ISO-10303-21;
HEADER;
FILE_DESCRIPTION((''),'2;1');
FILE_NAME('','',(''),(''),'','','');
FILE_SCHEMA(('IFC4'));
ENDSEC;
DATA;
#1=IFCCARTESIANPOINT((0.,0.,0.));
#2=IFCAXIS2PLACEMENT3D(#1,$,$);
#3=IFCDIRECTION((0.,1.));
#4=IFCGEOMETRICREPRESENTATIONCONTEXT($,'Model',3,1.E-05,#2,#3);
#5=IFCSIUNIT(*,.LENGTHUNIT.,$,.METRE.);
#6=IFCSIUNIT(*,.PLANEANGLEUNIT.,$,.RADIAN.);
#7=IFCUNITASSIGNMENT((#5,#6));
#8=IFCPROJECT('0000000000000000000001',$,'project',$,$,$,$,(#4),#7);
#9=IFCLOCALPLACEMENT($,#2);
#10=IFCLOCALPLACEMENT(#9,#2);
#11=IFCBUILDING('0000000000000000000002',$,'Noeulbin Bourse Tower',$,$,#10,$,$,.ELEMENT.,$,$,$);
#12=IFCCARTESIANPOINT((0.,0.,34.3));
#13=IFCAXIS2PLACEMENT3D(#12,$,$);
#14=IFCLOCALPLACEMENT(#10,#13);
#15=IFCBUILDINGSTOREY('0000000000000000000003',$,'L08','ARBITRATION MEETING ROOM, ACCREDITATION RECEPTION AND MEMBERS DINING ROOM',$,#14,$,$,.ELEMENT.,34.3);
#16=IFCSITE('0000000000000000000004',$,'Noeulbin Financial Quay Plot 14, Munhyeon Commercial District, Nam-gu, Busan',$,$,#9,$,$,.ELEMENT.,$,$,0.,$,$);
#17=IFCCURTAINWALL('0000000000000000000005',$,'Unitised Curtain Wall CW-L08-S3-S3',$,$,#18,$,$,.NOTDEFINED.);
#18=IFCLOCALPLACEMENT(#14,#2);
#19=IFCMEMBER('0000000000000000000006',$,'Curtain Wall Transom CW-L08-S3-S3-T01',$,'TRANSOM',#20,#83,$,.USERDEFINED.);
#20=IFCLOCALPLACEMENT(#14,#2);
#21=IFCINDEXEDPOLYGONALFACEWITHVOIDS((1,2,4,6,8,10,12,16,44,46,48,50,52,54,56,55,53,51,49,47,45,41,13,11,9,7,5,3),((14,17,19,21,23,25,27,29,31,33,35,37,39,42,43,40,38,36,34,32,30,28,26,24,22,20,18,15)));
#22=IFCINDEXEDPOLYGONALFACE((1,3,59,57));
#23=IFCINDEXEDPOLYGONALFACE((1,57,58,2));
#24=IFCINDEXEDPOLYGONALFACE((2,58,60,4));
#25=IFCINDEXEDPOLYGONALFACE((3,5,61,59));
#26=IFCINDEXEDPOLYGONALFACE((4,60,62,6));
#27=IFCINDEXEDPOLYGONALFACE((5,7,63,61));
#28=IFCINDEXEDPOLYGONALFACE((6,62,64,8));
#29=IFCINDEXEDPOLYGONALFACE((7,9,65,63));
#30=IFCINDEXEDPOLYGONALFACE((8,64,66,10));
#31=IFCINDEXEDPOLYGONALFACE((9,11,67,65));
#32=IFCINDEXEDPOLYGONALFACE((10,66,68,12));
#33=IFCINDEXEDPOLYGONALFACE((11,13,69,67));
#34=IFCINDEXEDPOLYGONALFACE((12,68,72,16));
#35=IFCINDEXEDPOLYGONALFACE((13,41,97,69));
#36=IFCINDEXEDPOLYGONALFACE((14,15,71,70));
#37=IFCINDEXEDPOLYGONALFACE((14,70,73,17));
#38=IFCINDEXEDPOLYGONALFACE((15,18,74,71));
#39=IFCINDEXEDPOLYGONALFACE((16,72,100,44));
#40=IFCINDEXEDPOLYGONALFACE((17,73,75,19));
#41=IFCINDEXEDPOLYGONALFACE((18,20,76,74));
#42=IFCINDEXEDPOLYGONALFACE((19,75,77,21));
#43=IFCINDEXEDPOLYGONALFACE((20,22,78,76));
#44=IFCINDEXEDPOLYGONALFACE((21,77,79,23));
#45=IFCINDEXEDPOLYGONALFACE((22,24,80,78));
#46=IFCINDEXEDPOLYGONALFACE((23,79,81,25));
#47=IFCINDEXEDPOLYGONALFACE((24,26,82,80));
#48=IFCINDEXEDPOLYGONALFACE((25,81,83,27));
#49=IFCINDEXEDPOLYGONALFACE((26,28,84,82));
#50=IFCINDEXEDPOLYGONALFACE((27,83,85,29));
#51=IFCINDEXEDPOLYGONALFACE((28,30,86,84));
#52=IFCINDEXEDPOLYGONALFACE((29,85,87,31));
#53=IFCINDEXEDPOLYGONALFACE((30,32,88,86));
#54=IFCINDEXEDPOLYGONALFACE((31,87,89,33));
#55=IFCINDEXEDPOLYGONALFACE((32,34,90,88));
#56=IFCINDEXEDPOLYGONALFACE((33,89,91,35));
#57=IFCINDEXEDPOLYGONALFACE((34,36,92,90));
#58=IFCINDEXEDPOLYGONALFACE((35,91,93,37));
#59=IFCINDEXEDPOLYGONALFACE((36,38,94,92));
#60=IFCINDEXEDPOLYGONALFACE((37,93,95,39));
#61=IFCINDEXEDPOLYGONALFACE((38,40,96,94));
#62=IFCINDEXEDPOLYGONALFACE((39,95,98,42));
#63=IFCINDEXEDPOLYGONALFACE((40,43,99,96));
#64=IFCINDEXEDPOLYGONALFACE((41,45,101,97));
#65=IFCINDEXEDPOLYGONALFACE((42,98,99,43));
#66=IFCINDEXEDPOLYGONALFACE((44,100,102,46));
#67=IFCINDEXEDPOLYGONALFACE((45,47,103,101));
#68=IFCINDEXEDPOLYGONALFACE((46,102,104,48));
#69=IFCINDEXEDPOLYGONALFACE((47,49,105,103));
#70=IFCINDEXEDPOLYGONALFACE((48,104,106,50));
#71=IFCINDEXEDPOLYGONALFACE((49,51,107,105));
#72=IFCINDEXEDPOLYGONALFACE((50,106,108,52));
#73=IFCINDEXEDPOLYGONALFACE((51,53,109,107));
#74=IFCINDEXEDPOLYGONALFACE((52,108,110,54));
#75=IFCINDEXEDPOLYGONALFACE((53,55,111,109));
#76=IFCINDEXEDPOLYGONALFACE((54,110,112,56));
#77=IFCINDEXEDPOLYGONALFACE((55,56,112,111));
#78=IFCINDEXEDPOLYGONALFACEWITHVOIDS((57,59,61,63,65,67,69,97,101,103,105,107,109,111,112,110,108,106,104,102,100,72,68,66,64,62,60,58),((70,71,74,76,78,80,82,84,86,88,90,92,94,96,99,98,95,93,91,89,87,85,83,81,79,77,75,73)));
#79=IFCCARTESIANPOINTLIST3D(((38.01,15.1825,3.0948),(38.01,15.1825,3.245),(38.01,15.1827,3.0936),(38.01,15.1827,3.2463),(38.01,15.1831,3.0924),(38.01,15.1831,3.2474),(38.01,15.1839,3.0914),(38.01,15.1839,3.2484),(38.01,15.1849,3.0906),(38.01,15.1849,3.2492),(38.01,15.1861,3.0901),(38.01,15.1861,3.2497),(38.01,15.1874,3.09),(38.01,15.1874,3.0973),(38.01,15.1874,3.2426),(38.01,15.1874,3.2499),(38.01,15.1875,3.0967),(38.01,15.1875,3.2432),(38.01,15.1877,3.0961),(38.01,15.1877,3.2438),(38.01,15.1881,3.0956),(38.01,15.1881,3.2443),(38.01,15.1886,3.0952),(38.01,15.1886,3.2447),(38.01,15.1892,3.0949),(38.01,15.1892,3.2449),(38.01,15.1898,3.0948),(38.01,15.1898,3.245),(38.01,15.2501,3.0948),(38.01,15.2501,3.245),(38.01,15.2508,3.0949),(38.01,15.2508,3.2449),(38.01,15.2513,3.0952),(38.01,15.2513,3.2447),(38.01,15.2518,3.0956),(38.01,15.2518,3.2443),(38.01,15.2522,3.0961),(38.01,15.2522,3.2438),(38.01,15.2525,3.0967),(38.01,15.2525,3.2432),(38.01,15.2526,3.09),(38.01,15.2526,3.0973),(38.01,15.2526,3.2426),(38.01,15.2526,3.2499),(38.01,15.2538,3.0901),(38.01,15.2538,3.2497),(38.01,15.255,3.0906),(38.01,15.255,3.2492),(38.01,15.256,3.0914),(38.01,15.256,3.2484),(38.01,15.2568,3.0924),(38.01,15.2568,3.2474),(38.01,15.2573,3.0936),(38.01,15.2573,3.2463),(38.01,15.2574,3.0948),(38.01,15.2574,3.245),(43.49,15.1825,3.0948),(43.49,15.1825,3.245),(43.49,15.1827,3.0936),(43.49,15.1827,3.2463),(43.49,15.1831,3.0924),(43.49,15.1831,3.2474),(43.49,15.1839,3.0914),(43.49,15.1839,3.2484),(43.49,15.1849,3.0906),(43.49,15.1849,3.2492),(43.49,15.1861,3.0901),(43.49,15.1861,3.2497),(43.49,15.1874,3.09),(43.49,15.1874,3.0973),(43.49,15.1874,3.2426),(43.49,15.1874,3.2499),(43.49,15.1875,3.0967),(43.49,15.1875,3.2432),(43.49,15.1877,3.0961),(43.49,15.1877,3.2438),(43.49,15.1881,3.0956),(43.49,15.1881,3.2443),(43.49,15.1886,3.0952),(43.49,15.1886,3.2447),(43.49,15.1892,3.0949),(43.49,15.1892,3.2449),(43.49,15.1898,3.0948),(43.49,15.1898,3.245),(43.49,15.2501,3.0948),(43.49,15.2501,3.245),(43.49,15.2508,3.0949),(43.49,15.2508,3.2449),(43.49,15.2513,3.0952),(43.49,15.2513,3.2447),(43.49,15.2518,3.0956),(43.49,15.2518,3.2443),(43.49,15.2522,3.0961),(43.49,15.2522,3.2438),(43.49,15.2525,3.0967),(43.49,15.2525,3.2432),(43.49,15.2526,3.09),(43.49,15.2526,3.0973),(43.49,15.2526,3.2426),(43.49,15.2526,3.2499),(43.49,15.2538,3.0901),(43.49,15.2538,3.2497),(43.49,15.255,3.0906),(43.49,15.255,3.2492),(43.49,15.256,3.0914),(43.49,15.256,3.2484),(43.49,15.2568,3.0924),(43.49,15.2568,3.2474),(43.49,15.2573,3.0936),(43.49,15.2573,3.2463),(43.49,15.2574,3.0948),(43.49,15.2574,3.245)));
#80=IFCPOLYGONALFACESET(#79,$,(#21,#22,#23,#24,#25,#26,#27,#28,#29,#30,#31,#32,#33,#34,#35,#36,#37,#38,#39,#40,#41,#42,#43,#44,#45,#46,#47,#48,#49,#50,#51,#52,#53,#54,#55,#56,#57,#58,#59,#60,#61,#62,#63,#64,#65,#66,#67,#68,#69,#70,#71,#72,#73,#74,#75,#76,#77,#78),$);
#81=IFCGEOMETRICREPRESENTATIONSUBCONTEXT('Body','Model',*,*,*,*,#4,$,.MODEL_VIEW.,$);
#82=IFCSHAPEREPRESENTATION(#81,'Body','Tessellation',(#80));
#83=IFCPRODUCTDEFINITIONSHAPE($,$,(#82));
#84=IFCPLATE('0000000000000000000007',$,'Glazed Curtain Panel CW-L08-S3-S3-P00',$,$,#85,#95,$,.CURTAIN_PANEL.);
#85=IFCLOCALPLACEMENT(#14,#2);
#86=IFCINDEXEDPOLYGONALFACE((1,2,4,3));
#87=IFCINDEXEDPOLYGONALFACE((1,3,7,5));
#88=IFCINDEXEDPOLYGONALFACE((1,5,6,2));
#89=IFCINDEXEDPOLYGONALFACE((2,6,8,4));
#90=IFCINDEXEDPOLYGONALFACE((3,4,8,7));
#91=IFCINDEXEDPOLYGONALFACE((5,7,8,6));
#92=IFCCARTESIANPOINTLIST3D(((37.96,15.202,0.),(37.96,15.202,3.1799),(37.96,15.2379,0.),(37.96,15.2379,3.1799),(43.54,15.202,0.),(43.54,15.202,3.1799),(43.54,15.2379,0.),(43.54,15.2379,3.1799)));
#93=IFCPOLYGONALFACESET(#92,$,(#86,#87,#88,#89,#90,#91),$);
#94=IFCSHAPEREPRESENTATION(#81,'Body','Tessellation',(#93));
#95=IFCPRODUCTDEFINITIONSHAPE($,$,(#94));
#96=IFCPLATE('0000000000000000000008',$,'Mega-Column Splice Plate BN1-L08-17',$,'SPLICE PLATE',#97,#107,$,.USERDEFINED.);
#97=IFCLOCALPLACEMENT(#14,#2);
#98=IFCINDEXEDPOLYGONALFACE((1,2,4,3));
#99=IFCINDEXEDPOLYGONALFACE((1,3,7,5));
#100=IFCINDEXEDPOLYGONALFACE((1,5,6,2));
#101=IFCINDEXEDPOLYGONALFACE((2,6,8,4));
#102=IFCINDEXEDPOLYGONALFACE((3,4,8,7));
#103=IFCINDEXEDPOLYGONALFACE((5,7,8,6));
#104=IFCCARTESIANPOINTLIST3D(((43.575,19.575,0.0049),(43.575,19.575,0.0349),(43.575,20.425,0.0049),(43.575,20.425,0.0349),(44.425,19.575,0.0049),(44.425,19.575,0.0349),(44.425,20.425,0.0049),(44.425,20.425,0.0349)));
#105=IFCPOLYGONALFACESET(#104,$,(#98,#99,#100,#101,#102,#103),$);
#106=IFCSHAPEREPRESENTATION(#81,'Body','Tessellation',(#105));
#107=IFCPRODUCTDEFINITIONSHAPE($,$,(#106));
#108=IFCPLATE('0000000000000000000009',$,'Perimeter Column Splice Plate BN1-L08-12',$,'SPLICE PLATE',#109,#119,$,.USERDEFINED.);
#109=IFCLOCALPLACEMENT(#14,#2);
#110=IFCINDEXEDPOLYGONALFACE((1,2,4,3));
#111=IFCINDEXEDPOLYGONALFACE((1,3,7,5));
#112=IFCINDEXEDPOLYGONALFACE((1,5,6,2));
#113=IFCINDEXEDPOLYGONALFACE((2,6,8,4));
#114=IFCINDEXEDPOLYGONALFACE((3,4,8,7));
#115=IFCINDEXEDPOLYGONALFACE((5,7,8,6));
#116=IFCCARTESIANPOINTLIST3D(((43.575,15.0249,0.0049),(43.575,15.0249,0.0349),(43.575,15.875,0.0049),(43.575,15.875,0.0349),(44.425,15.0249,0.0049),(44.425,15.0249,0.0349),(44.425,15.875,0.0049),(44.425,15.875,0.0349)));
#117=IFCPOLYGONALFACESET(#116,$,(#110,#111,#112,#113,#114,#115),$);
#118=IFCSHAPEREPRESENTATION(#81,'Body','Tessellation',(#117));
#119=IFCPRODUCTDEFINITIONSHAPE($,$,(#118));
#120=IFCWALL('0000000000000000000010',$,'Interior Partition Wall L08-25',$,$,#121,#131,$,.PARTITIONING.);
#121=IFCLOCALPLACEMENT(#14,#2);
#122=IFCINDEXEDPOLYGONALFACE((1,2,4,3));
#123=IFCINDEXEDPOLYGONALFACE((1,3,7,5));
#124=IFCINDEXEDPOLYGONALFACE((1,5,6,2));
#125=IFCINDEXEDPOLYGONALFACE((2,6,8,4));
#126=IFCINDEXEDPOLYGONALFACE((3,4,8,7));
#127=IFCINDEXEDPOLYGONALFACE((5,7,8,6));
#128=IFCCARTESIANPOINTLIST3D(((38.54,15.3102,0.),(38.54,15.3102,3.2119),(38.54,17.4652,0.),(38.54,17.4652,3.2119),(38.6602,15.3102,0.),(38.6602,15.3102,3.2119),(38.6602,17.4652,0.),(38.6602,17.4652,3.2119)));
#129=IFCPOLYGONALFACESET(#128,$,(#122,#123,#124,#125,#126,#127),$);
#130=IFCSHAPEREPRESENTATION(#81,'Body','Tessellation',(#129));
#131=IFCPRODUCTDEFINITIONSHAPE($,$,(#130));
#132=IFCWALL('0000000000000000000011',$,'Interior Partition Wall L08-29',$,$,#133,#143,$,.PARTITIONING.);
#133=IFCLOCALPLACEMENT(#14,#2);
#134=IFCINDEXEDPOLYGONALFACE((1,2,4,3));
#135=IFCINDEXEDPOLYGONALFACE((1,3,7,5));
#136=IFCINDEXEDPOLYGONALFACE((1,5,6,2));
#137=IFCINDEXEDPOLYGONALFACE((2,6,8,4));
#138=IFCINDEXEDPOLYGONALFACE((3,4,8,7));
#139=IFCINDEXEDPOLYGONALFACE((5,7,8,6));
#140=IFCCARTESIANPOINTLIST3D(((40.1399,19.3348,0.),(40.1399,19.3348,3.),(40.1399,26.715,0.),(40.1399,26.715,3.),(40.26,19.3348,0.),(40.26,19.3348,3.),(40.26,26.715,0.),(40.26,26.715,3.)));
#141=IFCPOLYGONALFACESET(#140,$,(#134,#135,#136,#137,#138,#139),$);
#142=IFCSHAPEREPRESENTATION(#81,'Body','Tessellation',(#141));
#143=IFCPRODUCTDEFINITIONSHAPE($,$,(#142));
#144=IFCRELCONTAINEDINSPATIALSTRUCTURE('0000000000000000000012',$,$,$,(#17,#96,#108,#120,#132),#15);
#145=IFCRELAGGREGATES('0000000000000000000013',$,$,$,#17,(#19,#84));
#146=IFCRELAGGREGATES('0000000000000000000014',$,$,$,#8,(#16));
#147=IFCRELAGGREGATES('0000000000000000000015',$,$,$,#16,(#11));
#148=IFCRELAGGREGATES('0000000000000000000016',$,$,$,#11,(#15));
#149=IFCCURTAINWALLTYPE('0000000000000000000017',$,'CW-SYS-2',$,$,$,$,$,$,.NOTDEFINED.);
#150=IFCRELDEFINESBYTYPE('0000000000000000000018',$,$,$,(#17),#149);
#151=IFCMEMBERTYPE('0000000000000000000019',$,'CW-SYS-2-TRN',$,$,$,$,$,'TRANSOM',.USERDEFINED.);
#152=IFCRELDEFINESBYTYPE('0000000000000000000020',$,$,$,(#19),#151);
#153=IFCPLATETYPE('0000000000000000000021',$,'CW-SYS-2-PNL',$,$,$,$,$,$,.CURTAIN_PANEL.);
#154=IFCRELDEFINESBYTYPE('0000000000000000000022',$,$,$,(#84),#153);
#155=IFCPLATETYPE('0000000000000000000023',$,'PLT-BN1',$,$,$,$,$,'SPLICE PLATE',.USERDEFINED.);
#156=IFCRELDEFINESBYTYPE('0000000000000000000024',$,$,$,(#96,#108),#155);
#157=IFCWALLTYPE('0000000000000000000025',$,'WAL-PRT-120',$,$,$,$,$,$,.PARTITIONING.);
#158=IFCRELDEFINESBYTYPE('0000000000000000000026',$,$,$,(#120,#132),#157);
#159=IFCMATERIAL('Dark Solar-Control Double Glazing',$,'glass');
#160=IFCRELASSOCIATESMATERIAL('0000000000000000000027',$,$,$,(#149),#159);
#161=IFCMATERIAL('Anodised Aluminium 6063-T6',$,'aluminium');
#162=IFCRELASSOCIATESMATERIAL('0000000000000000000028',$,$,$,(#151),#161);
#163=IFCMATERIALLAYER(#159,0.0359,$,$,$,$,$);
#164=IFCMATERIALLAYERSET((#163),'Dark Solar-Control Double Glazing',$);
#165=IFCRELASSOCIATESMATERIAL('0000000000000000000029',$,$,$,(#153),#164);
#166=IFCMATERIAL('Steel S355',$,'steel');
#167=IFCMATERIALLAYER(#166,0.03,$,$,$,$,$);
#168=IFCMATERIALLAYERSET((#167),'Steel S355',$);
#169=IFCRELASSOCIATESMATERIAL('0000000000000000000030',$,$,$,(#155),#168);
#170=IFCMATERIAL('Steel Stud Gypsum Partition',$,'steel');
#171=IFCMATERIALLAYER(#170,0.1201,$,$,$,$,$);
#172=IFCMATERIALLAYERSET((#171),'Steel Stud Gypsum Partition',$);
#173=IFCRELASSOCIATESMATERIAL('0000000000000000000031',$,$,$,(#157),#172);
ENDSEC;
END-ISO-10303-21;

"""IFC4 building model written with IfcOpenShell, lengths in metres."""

from ifc_helpers import new_model, si_unit, direction, frame, frame_2d, origin, origin_2d, place, context, subcontext, project, spatial, rectangle, hollow_rectangle, extrude, material, layer, layer_set, material_profile, profile_set, type_object, element, aggregate, save


model = new_model("IFC4")

# Units and contexts
model_context = context("Model", 3, precision=1e-05, world=origin(), true_north=direction((0.0, 1.0)))
body_context = subcontext(model_context, "Body", "Model", "MODEL_VIEW")
ifc_project = project(units=[si_unit("LENGTHUNIT", "METRE"), si_unit("PLANEANGLEUNIT", "RADIAN")], contexts=[model_context])

# Site, building, storey
site_placement = place(None, origin())
site = spatial("IfcSite", under=ifc_project, at=site_placement, Name="Noeulbin Financial Quay Plot 14, Munhyeon Commercial District, Nam-gu, Busan", CompositionType="ELEMENT", RefElevation=0.0)
building_placement = place(site_placement, origin())
building = spatial("IfcBuilding", under=site, at=building_placement, Name="Noeulbin Bourse Tower", CompositionType="ELEMENT")
storey_placement = place(building_placement, frame((0.0, 0.0, 34.3)))
storey = spatial("IfcBuildingStorey", under=building, at=storey_placement, Name="L08", Description="ARBITRATION MEETING ROOM, ACCREDITATION RECEPTION AND MEMBERS DINING ROOM", CompositionType="ELEMENT", Elevation=34.3)

# Shared definitions
ifc_material_1 = material(Name="Steel S355", Category="steel")

# Curtain wall, member, plate
ifc_material_2 = material(Name="Dark Solar-Control Double Glazing", Category="glass")
curtain_wall_type = type_object("IfcCurtainWallType", Name="CW-SYS-2", PredefinedType="NOTDEFINED", material=ifc_material_2)
curtain_wall_placement = place(storey_placement, origin())
curtain_wall = element("IfcCurtainWall", 1, at=curtain_wall_placement, inside=storey, type_object=curtain_wall_type, Name="Unitised Curtain Wall CW-L08-S3-S3", PredefinedType="NOTDEFINED")
ifc_material_3 = material(Name="Anodised Aluminium 6063-T6", Category="aluminium")
ifc_material_profile_1 = material_profile(ifc_material_3, hollow_rectangle(XDim=0.075, YDim=0.1599, WallThickness=0.0049, InnerFilletRadius=0.0024, OuterFilletRadius=0.0049, at=origin_2d()), Name="ALU-TRAN-75x160x5", Category="LoadBearing")
ifc_profile_set_1 = profile_set([ifc_material_profile_1], Name="Anodised Aluminium 6063-T6")
member_type_1 = type_object("IfcMemberType", Name="CW-SYS-2-TRN", ElementType="TRANSOM", PredefinedType="USERDEFINED", material=ifc_profile_set_1)
member_1_placement = place(storey_placement, frame((38.01, 15.22, 3.1699), z_axis=(1.0, 0.0, 0.0), x_axis=(0.0, 1.0, 0.0)))
member_1 = element("IfcMember", 2, at=member_1_placement, type_object=member_type_1, Name="Curtain Wall Transom CW-L08-S3-S3-T01", ObjectType="TRANSOM", PredefinedType="USERDEFINED", context=body_context, shape_type="SweptSolid", body=[
    extrude(hollow_rectangle(XDim=0.075, YDim=0.1599, WallThickness=0.0049, InnerFilletRadius=0.0024, OuterFilletRadius=0.0049, at=origin_2d()), origin(), (0.0, 0.0, 1.0), 5.48),
])
ifc_layer_1 = layer(ifc_material_2, 0.0359)
ifc_layer_set_1 = layer_set([ifc_layer_1], Name="Dark Solar-Control Double Glazing")
plate_type_1 = type_object("IfcPlateType", Name="CW-SYS-2-PNL", PredefinedType="CURTAIN_PANEL", material=ifc_layer_set_1)
plate_placement = place(storey_placement, frame((40.75, 15.22, 0.0), z_axis=(0.0, 0.0, 1.0), x_axis=(1.0, 0.0, 0.0)))
plate = element("IfcPlate", 3, at=plate_placement, type_object=plate_type_1, Name="Glazed Curtain Panel CW-L08-S3-S3-P00", PredefinedType="CURTAIN_PANEL", context=body_context, shape_type="SweptSolid", body=[
    extrude(rectangle(XDim=5.5801, YDim=0.0359, at=origin_2d()), origin(), (0.0, 0.0, 1.0), 3.1799),
])
aggregate(curtain_wall, [member_1, plate])

# Plates
ifc_layer_2 = layer(ifc_material_1, 0.03)
ifc_layer_set_2 = layer_set([ifc_layer_2], Name="Steel S355")
plate_type_2 = type_object("IfcPlateType", Name="PLT-BN1", ElementType="SPLICE PLATE", PredefinedType="USERDEFINED", material=ifc_layer_set_2)
for number, where, z_axis, x_axis, name in (
    (4, (44.0, 20.0, 0.0049), (0.0, 0.0, 1.0), (1.0, 0.0, 0.0), "Mega-Column Splice Plate BN1-L08-17"),
    (5, (44.0, 15.45, 0.0049), (0.0, 0.0, 1.0), (1.0, 0.0, 0.0), "Perimeter Column Splice Plate BN1-L08-12"),
):
    element("IfcPlate", number, at=place(storey_placement, frame(where, z_axis=z_axis, x_axis=x_axis)), inside=storey, type_object=plate_type_2, Name=name, ObjectType="SPLICE PLATE", PredefinedType="USERDEFINED", context=body_context, shape_type="SweptSolid", body=[
        extrude(rectangle(XDim=0.8501, YDim=0.8501, at=origin_2d()), origin(), (0.0, 0.0, 1.0), 0.03),
    ])

# Walls
ifc_material_4 = material(Name="Steel Stud Gypsum Partition", Category="steel")
ifc_layer_3 = layer(ifc_material_4, 0.1201)
ifc_layer_set_3 = layer_set([ifc_layer_3], Name="Steel Stud Gypsum Partition")
wall_type = type_object("IfcWallType", Name="WAL-PRT-120", PredefinedType="PARTITIONING", material=ifc_layer_set_3)
wall_1_placement = place(storey_placement, frame((38.6001, 15.3101, 0.0), z_axis=(0.0, 0.0, 1.0), x_axis=(0.0, 1.0, 0.0)))
element("IfcWall", 6, at=wall_1_placement, inside=storey, type_object=wall_type, Name="Interior Partition Wall L08-25", PredefinedType="PARTITIONING", context=body_context, shape_type="SweptSolid", body=[
    extrude(rectangle(XDim=2.155, YDim=0.1201, at=frame_2d((1.0776, 0.0))), origin(), (0.0, 0.0, 1.0), 3.2119),
])
wall_2_placement = place(storey_placement, frame((40.2, 19.335, 0.0), z_axis=(0.0, 0.0, 1.0), x_axis=(0.0, 1.0, 0.0)))
element("IfcWall", 7, at=wall_2_placement, inside=storey, type_object=wall_type, Name="Interior Partition Wall L08-29", PredefinedType="PARTITIONING", context=body_context, shape_type="SweptSolid", body=[
    extrude(rectangle(XDim=7.3801, YDim=0.1201, at=frame_2d((3.6899, 0.0))), origin(), (0.0, 0.0, 1.0), 3.0),
])

save(model, "model.ifc")
